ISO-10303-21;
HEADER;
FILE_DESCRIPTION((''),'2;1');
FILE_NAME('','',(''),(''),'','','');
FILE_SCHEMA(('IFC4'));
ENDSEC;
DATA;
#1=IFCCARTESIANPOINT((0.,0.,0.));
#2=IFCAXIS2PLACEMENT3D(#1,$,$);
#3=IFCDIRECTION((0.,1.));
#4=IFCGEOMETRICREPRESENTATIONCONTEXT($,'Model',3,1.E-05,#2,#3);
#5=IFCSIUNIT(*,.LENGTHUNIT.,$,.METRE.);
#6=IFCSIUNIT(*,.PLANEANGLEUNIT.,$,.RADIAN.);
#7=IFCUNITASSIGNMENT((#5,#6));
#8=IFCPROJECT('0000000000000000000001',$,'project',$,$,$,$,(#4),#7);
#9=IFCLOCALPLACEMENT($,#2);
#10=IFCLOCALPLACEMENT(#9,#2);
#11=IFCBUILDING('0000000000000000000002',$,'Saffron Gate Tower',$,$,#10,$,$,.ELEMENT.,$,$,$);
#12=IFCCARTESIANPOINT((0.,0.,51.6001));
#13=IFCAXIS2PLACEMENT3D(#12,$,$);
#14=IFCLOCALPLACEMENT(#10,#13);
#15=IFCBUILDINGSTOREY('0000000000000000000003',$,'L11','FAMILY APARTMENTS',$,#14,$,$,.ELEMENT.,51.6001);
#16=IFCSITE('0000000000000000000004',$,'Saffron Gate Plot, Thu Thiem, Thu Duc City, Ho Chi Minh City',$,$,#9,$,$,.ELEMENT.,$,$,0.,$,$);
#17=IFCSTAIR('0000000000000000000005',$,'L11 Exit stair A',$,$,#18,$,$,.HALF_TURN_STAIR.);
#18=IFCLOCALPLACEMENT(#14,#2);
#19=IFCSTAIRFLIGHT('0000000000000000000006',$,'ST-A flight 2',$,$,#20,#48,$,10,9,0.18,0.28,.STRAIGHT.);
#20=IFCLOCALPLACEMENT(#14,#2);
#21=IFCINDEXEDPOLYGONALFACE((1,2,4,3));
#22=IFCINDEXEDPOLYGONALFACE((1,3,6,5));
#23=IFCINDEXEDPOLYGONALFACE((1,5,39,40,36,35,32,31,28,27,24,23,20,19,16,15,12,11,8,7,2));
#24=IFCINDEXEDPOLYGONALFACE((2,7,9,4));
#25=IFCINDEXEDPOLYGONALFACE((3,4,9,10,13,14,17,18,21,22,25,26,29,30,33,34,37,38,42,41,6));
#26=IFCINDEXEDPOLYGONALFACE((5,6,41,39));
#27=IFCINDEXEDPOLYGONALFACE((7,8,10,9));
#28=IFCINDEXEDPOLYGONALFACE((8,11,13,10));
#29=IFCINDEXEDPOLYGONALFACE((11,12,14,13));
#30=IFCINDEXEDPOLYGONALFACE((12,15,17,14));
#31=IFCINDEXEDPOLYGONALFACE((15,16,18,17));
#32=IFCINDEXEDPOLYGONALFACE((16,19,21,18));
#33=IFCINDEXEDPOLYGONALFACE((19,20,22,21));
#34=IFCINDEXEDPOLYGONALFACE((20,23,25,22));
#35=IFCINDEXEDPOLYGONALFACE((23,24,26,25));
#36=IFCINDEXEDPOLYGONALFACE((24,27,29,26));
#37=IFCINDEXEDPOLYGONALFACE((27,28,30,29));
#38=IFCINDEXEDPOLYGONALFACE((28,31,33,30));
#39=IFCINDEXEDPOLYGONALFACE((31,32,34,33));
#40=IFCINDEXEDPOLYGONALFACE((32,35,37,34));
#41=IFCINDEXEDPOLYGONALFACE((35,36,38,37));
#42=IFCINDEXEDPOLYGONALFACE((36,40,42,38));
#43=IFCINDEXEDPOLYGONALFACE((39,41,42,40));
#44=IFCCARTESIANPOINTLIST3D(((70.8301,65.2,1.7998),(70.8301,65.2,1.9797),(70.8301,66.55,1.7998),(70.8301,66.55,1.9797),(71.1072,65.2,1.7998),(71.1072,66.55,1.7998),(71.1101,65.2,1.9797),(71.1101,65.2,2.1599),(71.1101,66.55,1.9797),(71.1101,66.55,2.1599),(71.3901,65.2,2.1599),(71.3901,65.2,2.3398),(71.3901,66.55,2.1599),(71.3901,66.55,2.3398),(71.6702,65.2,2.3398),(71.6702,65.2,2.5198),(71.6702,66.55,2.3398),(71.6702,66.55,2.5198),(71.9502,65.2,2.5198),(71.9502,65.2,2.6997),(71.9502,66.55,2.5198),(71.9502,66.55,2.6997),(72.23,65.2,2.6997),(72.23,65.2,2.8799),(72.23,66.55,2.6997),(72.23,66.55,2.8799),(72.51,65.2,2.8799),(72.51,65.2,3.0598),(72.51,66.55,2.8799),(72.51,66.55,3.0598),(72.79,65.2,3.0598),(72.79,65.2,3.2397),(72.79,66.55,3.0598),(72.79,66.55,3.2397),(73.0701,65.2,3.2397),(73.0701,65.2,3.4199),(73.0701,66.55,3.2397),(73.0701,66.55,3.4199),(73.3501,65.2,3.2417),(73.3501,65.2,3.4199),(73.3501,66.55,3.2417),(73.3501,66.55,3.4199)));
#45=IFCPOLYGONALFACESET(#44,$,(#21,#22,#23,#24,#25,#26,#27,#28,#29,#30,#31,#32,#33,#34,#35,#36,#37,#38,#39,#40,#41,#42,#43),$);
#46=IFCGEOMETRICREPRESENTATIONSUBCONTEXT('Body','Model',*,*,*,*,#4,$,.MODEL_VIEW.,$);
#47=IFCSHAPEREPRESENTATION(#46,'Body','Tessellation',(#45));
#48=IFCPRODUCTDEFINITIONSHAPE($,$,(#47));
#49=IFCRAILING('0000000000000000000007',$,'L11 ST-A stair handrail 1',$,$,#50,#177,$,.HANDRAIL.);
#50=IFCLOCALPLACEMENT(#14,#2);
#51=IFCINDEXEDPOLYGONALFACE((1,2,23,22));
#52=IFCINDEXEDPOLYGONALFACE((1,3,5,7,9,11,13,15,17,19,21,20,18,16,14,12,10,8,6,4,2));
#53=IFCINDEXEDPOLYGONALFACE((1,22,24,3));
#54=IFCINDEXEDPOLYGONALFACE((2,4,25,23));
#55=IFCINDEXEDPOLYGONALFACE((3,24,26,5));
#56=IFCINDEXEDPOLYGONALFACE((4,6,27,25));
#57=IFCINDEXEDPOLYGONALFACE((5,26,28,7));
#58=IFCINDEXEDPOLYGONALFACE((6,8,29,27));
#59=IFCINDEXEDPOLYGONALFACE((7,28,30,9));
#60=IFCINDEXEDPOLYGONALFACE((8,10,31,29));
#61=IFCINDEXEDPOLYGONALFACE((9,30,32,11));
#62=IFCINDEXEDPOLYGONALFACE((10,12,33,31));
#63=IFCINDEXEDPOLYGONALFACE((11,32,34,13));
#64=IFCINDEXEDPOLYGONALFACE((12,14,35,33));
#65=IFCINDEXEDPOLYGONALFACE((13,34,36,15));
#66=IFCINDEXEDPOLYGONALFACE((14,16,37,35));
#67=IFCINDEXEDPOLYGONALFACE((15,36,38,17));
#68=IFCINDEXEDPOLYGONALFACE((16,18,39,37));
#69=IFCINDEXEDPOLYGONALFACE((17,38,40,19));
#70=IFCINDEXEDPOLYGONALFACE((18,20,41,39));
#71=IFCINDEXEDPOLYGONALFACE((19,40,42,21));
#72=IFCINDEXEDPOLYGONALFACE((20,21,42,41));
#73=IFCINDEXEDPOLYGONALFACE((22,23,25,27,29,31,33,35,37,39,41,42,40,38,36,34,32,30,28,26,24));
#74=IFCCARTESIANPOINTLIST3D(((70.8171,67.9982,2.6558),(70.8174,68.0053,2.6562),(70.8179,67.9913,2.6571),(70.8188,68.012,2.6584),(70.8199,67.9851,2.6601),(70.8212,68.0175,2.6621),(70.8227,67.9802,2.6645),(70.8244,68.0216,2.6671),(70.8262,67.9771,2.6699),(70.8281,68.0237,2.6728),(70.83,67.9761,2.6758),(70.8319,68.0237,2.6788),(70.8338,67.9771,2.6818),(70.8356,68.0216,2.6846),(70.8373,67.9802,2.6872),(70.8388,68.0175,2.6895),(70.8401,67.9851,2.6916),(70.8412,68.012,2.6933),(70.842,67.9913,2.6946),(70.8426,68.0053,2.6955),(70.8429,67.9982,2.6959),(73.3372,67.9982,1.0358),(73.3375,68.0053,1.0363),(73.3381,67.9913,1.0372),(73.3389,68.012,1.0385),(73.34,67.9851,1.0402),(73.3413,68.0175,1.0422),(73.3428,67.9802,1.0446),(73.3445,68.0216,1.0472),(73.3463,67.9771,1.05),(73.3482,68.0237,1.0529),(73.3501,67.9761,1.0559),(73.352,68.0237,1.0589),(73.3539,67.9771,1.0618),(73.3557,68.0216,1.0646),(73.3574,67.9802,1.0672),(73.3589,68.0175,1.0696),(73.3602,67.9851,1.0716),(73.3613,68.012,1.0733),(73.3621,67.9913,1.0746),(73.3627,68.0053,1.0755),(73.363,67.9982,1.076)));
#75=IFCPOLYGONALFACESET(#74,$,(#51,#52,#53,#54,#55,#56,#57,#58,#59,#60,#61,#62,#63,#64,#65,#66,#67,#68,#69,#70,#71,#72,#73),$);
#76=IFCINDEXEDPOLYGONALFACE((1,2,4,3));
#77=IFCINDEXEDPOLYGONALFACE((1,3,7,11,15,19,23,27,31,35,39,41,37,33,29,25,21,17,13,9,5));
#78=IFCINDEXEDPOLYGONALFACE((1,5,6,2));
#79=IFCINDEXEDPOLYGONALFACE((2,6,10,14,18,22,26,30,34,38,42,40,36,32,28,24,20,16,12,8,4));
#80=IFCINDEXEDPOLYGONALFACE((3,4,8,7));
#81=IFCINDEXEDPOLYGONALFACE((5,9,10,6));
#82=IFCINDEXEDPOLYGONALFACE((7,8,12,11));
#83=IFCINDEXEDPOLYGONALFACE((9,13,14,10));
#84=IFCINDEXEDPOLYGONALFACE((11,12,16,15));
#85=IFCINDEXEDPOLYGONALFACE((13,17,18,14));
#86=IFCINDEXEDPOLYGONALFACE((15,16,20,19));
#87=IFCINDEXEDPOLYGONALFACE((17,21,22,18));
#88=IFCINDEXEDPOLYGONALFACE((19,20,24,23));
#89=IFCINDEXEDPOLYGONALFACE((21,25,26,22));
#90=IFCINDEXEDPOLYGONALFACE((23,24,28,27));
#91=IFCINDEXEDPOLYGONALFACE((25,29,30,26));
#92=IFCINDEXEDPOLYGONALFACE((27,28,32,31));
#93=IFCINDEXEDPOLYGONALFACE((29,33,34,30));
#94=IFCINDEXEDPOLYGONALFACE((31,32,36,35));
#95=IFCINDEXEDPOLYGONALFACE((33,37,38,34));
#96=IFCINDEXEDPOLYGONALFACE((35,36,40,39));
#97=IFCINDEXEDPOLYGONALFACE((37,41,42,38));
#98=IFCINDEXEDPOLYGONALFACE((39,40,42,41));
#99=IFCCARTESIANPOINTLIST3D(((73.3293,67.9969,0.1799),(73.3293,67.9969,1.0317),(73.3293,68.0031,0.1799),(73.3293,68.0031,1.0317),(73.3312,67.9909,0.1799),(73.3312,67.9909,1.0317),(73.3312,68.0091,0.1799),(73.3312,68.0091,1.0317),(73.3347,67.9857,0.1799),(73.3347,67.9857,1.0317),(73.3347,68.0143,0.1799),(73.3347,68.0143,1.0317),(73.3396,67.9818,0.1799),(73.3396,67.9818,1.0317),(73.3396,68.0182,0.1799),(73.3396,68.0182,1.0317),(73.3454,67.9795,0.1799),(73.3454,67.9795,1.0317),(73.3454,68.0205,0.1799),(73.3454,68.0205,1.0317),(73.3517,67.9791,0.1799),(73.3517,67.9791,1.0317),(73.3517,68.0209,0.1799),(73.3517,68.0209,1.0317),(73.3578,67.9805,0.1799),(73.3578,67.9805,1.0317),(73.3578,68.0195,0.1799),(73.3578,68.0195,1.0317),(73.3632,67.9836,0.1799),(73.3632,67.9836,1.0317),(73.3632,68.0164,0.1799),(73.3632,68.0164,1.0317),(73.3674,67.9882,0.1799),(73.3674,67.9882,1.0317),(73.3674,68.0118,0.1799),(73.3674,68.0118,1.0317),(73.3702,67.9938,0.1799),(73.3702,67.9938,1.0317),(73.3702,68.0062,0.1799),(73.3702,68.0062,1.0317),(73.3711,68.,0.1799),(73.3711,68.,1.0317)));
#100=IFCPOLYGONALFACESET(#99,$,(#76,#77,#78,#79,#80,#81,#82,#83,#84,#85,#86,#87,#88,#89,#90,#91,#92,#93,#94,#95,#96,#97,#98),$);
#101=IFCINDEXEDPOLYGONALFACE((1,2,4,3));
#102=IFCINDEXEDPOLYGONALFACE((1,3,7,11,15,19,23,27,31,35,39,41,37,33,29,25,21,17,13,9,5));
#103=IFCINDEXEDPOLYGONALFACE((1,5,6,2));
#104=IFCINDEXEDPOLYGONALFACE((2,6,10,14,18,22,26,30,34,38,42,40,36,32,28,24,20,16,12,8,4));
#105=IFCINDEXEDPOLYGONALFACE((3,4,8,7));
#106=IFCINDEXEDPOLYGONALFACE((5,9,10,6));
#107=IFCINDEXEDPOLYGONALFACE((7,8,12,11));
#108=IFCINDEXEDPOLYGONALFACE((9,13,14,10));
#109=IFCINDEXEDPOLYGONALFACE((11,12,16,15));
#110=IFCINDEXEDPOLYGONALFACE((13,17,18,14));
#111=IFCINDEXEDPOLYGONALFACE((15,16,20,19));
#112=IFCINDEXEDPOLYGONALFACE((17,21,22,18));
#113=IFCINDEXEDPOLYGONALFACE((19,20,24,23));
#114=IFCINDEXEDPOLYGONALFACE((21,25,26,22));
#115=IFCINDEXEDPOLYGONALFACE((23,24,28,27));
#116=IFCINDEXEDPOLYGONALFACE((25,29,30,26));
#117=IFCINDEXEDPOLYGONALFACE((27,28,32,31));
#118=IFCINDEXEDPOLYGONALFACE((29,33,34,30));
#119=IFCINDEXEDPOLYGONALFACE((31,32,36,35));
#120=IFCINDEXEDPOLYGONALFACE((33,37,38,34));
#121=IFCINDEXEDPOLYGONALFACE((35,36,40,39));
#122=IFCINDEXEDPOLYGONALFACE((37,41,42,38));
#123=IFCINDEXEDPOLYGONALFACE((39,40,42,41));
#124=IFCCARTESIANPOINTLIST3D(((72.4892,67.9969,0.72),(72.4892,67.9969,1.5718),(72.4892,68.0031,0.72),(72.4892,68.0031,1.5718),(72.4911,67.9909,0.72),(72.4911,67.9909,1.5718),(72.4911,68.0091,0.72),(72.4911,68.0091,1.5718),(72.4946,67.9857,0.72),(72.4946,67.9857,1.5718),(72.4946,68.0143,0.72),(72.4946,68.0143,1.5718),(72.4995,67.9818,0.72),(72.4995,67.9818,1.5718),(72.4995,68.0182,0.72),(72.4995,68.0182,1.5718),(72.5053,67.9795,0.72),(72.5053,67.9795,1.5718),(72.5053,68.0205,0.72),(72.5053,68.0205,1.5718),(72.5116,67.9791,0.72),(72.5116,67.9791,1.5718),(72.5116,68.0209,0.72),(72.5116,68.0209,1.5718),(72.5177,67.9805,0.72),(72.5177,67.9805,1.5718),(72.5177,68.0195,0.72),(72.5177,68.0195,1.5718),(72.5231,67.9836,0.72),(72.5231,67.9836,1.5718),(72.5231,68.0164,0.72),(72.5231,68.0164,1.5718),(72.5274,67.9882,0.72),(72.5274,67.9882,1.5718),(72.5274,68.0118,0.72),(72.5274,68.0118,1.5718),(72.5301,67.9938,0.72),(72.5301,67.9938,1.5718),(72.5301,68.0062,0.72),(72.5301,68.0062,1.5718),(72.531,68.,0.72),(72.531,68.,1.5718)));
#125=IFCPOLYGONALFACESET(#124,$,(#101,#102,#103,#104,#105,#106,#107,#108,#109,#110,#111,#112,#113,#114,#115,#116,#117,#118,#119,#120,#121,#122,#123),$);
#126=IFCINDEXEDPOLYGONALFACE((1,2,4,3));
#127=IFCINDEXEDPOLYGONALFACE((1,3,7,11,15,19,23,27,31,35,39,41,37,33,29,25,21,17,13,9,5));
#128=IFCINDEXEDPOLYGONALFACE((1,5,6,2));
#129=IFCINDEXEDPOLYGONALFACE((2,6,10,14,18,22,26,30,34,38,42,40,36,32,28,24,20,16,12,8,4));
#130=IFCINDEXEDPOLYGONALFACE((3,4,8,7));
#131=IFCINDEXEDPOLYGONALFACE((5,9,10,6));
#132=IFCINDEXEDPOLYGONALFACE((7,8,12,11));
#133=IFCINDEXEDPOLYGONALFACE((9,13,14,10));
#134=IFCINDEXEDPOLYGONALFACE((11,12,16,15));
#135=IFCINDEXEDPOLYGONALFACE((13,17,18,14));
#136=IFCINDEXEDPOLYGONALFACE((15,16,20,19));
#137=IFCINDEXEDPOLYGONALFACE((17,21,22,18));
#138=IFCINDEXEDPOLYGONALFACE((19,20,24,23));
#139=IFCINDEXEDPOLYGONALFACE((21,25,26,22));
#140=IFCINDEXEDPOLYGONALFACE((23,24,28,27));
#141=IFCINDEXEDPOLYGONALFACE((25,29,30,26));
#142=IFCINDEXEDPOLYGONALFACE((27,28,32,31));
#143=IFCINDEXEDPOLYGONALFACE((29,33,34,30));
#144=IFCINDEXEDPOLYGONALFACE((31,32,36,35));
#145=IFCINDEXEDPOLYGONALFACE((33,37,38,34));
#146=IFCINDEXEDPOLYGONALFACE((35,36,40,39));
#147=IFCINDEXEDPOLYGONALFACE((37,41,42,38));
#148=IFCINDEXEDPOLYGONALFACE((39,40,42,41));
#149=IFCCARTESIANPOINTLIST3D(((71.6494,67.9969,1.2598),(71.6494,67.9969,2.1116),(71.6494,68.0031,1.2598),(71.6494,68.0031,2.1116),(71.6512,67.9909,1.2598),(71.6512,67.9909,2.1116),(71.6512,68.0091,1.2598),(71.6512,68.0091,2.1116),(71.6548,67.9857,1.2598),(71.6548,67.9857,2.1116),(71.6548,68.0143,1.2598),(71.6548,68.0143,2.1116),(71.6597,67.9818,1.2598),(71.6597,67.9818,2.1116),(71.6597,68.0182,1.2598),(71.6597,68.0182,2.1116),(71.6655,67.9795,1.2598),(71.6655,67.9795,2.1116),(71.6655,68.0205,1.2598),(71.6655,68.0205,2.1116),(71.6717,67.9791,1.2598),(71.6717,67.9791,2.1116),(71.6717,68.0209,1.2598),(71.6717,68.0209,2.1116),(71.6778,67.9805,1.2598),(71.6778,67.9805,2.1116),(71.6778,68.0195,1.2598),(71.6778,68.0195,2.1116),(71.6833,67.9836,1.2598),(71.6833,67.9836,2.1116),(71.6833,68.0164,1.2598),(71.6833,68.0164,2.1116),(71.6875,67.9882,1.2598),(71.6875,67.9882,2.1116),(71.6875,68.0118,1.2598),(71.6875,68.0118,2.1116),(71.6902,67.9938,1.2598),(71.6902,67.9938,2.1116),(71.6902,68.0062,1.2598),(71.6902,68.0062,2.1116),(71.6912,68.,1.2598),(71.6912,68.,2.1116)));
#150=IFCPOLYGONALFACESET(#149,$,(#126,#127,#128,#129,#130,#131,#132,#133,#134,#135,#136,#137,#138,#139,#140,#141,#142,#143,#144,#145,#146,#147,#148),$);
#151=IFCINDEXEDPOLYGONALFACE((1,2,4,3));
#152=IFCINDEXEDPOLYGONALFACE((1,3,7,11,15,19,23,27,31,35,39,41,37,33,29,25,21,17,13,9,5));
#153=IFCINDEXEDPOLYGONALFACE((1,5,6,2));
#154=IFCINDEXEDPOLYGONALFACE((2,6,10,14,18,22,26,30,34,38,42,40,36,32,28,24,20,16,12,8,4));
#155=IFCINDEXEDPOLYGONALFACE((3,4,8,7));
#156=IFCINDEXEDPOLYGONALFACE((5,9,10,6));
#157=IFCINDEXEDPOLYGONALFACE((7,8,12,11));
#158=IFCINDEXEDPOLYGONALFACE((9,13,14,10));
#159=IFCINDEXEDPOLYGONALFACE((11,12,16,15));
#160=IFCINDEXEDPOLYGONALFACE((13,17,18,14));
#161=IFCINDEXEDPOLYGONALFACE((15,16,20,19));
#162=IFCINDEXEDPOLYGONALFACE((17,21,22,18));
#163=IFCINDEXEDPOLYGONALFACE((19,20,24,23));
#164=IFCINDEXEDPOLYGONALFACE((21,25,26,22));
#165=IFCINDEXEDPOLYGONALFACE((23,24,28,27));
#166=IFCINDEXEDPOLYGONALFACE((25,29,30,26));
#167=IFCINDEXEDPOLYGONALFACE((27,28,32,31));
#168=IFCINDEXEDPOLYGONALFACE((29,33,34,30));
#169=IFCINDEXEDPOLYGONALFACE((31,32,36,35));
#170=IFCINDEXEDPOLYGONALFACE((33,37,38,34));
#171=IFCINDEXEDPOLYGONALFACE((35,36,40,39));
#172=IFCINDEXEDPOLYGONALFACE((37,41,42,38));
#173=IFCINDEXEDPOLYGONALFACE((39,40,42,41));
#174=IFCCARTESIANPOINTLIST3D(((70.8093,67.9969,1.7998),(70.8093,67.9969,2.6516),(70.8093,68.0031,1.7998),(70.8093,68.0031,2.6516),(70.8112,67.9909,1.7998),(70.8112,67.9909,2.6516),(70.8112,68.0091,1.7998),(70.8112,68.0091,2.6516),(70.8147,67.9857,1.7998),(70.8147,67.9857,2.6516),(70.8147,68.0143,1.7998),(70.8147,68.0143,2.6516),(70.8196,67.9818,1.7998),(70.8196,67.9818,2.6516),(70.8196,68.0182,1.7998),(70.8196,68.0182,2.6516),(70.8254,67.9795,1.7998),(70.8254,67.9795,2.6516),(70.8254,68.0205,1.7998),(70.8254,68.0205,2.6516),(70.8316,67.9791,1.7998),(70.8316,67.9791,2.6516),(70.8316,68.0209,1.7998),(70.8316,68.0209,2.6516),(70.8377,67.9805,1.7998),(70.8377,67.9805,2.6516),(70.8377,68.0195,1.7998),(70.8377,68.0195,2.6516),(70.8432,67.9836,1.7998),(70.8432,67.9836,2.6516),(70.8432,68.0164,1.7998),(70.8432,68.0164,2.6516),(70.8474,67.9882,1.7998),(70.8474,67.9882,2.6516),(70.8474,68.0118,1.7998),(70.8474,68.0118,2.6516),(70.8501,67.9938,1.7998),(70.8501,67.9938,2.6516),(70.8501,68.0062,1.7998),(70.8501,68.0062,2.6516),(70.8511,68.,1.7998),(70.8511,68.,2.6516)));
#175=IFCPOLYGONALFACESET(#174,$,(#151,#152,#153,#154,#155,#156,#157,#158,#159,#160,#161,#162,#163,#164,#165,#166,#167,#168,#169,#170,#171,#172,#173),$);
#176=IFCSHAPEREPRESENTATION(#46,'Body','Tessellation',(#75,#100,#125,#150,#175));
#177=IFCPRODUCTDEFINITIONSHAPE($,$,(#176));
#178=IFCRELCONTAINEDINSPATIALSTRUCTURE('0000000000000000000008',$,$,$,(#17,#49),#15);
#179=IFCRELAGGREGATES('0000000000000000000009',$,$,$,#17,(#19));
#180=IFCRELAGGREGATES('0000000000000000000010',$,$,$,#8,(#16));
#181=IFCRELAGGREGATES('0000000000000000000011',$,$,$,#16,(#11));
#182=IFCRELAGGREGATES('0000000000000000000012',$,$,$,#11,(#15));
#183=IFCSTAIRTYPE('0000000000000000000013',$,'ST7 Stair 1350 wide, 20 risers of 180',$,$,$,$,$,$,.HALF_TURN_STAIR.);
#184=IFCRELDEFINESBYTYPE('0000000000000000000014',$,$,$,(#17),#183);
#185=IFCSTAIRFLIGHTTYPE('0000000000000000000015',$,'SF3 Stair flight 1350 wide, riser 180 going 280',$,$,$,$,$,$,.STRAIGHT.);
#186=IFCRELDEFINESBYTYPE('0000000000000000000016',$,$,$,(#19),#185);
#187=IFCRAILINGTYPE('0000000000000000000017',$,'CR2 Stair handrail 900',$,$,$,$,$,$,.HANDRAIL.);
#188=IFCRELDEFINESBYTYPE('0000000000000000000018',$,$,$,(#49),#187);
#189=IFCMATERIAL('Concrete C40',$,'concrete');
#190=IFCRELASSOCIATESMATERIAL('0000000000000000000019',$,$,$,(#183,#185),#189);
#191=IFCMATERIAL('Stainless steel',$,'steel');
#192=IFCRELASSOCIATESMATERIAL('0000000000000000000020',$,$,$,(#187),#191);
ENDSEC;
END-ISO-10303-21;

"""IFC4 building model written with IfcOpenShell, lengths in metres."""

from ifc_helpers import new_model, si_unit, direction, frame, origin, origin_2d, place, context, subcontext, project, spatial, polyline, circle, outline, extrude, material, type_object, element, aggregate, save


model = new_model("IFC4")

# Units and contexts
model_context = context("Model", 3, precision=1e-05, world=origin(), true_north=direction((0.0, 1.0)))
body_context = subcontext(model_context, "Body", "Model", "MODEL_VIEW")
ifc_project = project(units=[si_unit("LENGTHUNIT", "METRE"), si_unit("PLANEANGLEUNIT", "RADIAN")], contexts=[model_context])

# Site, building, storey
site_placement = place(None, origin())
site = spatial("IfcSite", under=ifc_project, at=site_placement, Name="Saffron Gate Plot, Thu Thiem, Thu Duc City, Ho Chi Minh City", CompositionType="ELEMENT", RefElevation=0.0)
building_placement = place(site_placement, origin())
building = spatial("IfcBuilding", under=site, at=building_placement, Name="Saffron Gate Tower", CompositionType="ELEMENT")
storey_placement = place(building_placement, frame((0.0, 0.0, 51.6001)))
storey = spatial("IfcBuildingStorey", under=building, at=storey_placement, Name="L11", Description="FAMILY APARTMENTS", CompositionType="ELEMENT", Elevation=51.6001)

# Stair, stair flight
ifc_material_1 = material(Name="Concrete C40", Category="concrete")
stair_type = type_object("IfcStairType", Name="ST7 Stair 1350 wide, 20 risers of 180", PredefinedType="HALF_TURN_STAIR", material=ifc_material_1)
stair_placement = place(storey_placement, origin())
stair = element("IfcStair", 1, at=stair_placement, inside=storey, type_object=stair_type, Name="L11 Exit stair A", PredefinedType="HALF_TURN_STAIR")
stair_flight_type = type_object("IfcStairFlightType", Name="SF3 Stair flight 1350 wide, riser 180 going 280", PredefinedType="STRAIGHT", material=ifc_material_1)
stair_flight_1_placement = place(storey_placement, frame((70.8301, 65.875, 1.7998), z_axis=(0.0, 0.0, 1.0), x_axis=(1.0, 0.0, 0.0)))
stair_flight_1 = element("IfcStairFlight", 2, at=stair_flight_1_placement, type_object=stair_flight_type, Name="ST-A flight 2", NumberOfRisers=10, NumberOfTreads=9, PredefinedType="STRAIGHT", RiserHeight=0.18, TreadLength=0.28, context=body_context, shape_type="SweptSolid", body=[
    extrude(outline(polyline([(0.0, 0.0), (0.0, 0.1799), (0.28, 0.1799), (0.28, 0.3601), (0.5601, 0.3601), (0.5601, 0.54), (0.8401, 0.54), (0.8401, 0.72), (1.1201, 0.72), (1.1201, 0.8999), (1.3999, 0.8999), (1.3999, 1.0801), (1.6799, 1.0801), (1.6799, 1.26), (1.96, 1.26), (1.96, 1.4399), (2.24, 1.4399), (2.24, 1.6201), (2.52, 1.6201), (2.52, 1.8), (2.52, 1.4419), (0.2771, 0.0), (0.0, 0.0)])), frame((0.0, 0.675, 0.0), z_axis=(0.0, -1.0, 0.0), x_axis=(1.0, 0.0, 0.0)), (0.0, 0.0, 1.0), 1.3501),
])
aggregate(stair, [stair_flight_1])

# Railing
ifc_material_2 = material(Name="Stainless steel", Category="steel")
railing_type_1 = type_object("IfcRailingType", Name="CR2 Stair handrail 900", PredefinedType="HANDRAIL", material=ifc_material_2)
railing_1_placement = place(storey_placement, frame((73.3501, 68.0, 0.1799)))
element("IfcRailing", 3, at=railing_1_placement, inside=storey, type_object=railing_type_1, Name="L11 ST-A stair handrail 1", PredefinedType="HANDRAIL", context=body_context, shape_type="SweptSolid", body=[
    extrude(circle(Radius=0.0239, at=origin_2d()), frame((0.0, 0.0, 0.876), z_axis=(-0.8412, 0.0, 0.540725), x_axis=(0.0, -1.0, 0.0)), (0.0, 0.0, 1.0), 2.9958),
    extrude(circle(Radius=0.021, at=origin_2d()), origin(), (0.0, 0.0, 1.0), 0.8518),
    extrude(circle(Radius=0.021, at=origin_2d()), frame((-0.8401, 0.0, 0.54)), (0.0, 0.0, 1.0), 0.8518),
    extrude(circle(Radius=0.021, at=origin_2d()), frame((-1.6799, 0.0, 1.0798)), (0.0, 0.0, 1.0), 0.8518),
    extrude(circle(Radius=0.021, at=origin_2d()), frame((-2.52, 0.0, 1.6199)), (0.0, 0.0, 1.0), 0.8518),
])

save(model, "model.ifc")
